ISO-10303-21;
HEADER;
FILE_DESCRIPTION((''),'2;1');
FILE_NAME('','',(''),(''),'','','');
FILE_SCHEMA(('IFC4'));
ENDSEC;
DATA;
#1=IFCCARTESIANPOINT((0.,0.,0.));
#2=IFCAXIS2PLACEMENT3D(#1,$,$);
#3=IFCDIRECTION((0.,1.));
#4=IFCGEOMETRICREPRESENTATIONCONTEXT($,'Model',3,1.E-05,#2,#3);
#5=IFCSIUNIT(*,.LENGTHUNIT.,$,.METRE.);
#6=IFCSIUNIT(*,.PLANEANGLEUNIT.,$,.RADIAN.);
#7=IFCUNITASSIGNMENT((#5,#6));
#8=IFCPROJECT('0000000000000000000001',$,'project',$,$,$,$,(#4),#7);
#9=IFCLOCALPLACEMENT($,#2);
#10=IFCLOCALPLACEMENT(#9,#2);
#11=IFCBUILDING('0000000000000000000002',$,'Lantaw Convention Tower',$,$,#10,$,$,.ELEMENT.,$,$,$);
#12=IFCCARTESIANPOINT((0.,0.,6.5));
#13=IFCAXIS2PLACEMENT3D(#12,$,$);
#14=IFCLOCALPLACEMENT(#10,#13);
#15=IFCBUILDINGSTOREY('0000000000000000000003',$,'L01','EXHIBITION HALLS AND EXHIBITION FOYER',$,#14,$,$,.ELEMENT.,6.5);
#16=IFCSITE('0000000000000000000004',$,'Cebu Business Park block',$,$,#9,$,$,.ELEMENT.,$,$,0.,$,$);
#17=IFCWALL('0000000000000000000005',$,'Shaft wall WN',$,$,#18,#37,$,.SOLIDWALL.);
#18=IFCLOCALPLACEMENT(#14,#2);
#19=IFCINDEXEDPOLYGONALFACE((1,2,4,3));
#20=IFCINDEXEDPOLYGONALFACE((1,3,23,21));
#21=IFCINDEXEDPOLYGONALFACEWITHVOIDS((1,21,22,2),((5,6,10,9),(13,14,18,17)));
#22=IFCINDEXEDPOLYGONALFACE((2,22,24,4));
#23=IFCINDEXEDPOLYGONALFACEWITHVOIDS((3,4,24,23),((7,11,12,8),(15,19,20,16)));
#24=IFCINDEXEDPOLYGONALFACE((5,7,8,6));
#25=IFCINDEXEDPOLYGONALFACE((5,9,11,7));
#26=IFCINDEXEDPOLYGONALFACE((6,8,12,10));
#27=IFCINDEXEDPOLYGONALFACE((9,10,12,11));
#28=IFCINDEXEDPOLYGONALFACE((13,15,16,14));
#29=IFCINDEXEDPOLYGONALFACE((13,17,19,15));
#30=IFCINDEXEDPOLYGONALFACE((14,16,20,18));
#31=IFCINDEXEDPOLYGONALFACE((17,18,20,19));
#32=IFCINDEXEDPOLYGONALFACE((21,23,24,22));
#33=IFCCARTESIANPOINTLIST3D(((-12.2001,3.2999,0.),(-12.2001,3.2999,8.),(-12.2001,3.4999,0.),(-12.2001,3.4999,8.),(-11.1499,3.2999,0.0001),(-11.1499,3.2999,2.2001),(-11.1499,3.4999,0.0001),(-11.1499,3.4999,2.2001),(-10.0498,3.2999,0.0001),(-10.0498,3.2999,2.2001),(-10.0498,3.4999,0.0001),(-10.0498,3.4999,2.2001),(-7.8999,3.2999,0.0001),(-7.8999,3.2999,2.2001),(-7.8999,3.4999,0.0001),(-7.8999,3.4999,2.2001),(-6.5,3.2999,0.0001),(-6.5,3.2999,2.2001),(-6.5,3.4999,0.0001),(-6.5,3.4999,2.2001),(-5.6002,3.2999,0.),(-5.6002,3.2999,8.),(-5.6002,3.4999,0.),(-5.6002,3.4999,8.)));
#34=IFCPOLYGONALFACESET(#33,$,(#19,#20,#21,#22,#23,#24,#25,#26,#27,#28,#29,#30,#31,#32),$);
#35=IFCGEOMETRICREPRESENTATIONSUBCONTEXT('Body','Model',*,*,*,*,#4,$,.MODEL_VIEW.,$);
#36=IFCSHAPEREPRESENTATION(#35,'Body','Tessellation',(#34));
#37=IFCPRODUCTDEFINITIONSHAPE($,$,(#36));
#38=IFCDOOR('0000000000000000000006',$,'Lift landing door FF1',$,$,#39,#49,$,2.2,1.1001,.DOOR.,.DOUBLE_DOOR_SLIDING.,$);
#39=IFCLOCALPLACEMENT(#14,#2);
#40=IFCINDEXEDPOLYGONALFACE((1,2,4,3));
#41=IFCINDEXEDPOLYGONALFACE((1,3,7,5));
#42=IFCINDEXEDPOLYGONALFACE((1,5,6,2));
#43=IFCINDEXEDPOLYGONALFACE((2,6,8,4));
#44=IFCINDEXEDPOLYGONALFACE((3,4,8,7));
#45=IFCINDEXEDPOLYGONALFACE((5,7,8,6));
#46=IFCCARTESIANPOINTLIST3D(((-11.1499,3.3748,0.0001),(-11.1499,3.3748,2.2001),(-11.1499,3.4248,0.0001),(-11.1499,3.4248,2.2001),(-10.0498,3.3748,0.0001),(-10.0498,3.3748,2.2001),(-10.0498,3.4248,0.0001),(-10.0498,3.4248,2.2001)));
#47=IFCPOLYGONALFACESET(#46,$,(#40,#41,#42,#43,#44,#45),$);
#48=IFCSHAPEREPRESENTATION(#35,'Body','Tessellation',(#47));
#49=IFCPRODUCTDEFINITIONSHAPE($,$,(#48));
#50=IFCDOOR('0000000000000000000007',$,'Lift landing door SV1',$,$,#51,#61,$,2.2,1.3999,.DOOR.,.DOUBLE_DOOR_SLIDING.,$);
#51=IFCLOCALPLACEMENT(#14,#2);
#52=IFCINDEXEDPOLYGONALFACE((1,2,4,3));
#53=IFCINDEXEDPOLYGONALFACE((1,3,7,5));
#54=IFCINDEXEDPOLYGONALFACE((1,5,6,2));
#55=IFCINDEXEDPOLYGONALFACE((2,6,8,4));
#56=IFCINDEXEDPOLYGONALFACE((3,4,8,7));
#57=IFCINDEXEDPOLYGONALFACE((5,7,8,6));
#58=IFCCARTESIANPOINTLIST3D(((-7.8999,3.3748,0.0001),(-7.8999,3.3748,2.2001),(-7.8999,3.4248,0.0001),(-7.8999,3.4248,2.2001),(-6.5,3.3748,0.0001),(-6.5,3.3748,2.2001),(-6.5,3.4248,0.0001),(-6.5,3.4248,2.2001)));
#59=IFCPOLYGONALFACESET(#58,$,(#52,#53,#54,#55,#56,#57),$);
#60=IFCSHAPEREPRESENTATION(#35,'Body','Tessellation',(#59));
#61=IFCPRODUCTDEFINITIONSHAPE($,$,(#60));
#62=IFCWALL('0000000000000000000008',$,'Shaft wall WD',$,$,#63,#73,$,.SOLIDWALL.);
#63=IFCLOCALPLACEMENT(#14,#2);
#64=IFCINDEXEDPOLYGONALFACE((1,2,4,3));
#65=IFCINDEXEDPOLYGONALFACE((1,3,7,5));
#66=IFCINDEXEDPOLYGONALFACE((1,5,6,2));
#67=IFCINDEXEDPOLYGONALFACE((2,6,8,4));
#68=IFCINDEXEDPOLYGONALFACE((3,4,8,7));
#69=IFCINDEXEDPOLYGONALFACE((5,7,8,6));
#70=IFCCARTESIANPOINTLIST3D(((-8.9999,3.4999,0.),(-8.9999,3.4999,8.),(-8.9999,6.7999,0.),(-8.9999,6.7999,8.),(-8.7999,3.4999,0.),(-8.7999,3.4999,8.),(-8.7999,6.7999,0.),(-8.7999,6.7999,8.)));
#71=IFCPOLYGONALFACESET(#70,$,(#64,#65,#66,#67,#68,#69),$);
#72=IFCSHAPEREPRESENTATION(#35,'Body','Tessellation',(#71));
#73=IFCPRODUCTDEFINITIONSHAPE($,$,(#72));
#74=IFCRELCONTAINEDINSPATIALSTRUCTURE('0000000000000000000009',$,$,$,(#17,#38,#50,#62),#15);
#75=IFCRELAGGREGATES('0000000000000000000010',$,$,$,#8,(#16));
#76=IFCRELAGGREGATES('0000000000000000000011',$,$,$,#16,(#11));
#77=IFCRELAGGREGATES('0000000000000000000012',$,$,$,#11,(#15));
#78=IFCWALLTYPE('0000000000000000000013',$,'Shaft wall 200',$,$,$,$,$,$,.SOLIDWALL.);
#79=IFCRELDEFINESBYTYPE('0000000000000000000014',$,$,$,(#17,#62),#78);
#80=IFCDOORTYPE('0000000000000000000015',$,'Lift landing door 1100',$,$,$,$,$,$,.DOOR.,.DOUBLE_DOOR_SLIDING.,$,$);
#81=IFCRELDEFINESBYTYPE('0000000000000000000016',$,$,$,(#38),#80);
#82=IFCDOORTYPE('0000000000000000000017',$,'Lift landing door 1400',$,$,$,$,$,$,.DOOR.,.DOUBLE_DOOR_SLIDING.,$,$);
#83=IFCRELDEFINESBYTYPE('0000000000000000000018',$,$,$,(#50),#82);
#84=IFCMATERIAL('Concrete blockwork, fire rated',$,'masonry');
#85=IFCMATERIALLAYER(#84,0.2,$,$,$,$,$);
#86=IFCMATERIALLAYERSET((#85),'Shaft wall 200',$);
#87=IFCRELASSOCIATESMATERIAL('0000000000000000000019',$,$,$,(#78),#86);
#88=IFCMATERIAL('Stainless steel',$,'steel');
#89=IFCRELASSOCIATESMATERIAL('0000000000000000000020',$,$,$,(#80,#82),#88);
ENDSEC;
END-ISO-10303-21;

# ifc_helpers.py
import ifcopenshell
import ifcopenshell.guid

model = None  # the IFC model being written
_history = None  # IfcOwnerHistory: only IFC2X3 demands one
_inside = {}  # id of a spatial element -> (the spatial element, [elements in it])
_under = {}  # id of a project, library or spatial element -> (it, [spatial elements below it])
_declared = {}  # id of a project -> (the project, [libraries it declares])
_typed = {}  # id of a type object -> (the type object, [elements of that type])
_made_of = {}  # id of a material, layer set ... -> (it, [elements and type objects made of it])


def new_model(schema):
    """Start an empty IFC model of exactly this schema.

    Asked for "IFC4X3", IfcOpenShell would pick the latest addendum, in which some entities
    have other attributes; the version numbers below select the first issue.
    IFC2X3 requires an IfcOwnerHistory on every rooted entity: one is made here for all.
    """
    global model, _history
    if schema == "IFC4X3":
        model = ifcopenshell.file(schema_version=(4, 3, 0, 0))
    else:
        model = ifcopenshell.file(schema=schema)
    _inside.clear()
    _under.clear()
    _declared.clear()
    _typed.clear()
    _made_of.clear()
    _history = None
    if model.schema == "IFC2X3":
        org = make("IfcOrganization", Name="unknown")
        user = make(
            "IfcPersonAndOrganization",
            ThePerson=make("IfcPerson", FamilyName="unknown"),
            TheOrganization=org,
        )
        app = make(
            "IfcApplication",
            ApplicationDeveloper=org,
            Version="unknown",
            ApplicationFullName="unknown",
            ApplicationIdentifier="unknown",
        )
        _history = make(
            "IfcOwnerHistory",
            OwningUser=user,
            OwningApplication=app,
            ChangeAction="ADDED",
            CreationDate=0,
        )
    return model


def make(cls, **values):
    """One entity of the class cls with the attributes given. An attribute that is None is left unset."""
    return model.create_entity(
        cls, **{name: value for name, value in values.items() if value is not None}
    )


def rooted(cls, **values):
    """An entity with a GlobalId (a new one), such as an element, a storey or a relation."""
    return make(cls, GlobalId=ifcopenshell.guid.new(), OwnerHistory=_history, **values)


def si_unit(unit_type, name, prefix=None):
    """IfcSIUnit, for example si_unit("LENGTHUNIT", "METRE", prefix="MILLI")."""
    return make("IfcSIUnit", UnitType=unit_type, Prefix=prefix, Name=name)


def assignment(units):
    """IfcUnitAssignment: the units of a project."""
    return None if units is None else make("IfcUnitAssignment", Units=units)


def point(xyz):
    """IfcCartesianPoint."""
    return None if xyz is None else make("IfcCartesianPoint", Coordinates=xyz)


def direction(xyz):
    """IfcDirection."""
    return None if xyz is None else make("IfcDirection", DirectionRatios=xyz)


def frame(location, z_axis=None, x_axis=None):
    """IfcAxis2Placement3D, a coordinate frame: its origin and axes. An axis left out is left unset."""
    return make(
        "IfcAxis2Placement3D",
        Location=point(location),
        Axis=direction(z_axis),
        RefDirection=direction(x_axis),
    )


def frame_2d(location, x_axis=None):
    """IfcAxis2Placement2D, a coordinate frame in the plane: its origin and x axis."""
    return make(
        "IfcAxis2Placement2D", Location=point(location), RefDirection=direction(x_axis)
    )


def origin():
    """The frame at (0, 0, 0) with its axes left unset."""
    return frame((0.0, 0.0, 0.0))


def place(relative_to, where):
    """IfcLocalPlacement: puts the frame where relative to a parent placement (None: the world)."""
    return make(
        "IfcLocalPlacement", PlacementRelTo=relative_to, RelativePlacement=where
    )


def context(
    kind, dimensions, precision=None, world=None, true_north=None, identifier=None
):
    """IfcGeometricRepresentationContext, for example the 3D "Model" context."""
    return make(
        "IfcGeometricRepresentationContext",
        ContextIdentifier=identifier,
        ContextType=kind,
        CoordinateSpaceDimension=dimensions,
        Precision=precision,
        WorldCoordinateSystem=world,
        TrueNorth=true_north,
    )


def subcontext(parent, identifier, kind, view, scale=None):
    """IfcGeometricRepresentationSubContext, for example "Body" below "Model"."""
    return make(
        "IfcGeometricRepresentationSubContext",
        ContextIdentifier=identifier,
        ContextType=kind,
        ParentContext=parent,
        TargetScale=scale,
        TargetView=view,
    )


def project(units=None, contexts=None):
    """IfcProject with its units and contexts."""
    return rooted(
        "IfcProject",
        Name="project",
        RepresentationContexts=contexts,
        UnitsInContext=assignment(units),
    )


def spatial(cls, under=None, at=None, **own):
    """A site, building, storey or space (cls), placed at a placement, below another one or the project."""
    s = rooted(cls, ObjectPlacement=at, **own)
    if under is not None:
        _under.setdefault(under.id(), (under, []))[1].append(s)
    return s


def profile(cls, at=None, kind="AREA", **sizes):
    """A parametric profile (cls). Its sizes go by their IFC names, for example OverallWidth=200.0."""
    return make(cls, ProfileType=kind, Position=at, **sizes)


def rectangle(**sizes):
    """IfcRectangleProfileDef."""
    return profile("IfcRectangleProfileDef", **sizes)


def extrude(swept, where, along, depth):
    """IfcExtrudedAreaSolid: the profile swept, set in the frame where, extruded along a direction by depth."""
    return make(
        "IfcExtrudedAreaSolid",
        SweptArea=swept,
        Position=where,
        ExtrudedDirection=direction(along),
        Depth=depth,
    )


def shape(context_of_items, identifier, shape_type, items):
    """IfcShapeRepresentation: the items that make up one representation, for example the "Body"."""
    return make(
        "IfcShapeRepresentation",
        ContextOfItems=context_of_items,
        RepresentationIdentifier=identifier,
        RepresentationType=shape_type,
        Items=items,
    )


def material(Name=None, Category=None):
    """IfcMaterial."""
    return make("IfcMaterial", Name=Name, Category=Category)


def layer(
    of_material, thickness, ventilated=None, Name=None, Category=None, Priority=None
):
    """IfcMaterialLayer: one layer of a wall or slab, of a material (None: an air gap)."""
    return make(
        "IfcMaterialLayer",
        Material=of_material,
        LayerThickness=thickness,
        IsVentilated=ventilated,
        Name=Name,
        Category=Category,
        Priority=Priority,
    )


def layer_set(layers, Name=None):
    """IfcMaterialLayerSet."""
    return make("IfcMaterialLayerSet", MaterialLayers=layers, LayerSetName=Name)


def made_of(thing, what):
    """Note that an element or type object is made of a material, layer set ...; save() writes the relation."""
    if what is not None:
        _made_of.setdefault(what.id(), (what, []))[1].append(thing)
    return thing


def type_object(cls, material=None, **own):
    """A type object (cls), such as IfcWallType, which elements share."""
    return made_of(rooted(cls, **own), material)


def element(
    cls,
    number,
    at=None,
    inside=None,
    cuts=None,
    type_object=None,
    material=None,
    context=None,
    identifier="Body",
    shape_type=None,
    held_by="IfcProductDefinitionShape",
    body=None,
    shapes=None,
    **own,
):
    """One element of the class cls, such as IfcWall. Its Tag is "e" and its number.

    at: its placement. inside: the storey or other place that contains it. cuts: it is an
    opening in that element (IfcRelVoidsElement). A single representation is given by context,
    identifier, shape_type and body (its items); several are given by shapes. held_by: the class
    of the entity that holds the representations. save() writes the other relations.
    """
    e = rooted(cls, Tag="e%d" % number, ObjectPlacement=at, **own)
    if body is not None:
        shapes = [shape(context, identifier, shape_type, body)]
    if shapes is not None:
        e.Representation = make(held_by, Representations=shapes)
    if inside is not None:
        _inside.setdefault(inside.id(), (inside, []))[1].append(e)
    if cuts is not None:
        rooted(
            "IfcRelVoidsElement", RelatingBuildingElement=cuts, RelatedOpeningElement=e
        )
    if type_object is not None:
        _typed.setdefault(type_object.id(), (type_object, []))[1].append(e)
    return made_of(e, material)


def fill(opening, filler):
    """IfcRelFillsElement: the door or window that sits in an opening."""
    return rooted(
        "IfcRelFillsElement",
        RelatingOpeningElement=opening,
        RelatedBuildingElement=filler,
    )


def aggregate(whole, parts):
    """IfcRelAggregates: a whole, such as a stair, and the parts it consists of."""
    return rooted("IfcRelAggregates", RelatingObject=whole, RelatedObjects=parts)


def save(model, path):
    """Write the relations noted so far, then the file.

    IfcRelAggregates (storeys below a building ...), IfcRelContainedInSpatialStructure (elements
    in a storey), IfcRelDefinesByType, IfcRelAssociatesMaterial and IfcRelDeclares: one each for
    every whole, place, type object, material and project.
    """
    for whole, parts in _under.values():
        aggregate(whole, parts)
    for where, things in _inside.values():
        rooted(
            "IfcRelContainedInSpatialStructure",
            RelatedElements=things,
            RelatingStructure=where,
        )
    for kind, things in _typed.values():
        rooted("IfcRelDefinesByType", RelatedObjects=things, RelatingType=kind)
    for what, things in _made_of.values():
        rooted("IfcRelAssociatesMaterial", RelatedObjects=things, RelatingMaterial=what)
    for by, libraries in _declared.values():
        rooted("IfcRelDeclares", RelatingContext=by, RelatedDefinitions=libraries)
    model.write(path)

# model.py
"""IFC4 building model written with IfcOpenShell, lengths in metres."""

from ifc_helpers import new_model, si_unit, direction, frame, frame_2d, origin, place, context, subcontext, project, spatial, rectangle, extrude, material, layer, layer_set, type_object, element, fill, save


model = new_model("IFC4")

# Units and contexts
model_context = context("Model", 3, precision=1e-05, world=origin(), true_north=direction((0.0, 1.0)))
body_context = subcontext(model_context, "Body", "Model", "MODEL_VIEW")
ifc_project = project(units=[si_unit("LENGTHUNIT", "METRE"), si_unit("PLANEANGLEUNIT", "RADIAN")], contexts=[model_context])

# Site, building, storey
site_placement = place(None, origin())
site = spatial("IfcSite", under=ifc_project, at=site_placement, Name="Cebu Business Park block", CompositionType="ELEMENT", RefElevation=0.0)
building_placement = place(site_placement, origin())
building = spatial("IfcBuilding", under=site, at=building_placement, Name="Lantaw Convention Tower", CompositionType="ELEMENT")
storey_placement = place(building_placement, frame((0.0, 0.0, 6.5)))
storey = spatial("IfcBuildingStorey", under=building, at=storey_placement, Name="L01", Description="EXHIBITION HALLS AND EXHIBITION FOYER", CompositionType="ELEMENT", Elevation=6.5)

# Shared definitions
ifc_material_1 = material(Name="Concrete blockwork, fire rated", Category="masonry")
ifc_layer_1 = layer(ifc_material_1, 0.2)
ifc_layer_set_1 = layer_set([ifc_layer_1], Name="Shaft wall 200")
wall_type_1 = type_object("IfcWallType", Name="Shaft wall 200", PredefinedType="SOLIDWALL", material=ifc_layer_set_1)

# Wall, openings, doors
wall_1_placement = place(storey_placement, frame((-12.2, 3.3999, 0.0), z_axis=(0.0, 0.0, 1.0), x_axis=(1.0, 0.0, 0.0)))
wall_1 = element("IfcWall", 1, at=wall_1_placement, inside=storey, type_object=wall_type_1, Name="Shaft wall WN", PredefinedType="SOLIDWALL", context=body_context, shape_type="SweptSolid", body=[
    extrude(rectangle(XDim=6.5999, YDim=0.2, at=frame_2d((3.2998, 0.0))), origin(), (0.0, 0.0, 1.0), 8.0),
])
opening_1_placement = place(wall_1_placement, frame((1.05, 0.0, 0.0)))
opening_1 = element("IfcOpeningElement", 2, at=opening_1_placement, cuts=wall_1, PredefinedType="OPENING", context=body_context, shape_type="SweptSolid", body=[
    extrude(rectangle(XDim=1.1001, YDim=2.2, at=frame_2d((0.55, 1.1001))), frame((0.0, 0.1099, 0.0), z_axis=(0.0, -1.0, 0.0), x_axis=(1.0, 0.0, 0.0)), (0.0, 0.0, 1.0), 0.22),
])
opening_2_placement = place(wall_1_placement, frame((4.3, 0.0, 0.0)))
opening_2 = element("IfcOpeningElement", 3, at=opening_2_placement, cuts=wall_1, PredefinedType="OPENING", context=body_context, shape_type="SweptSolid", body=[
    extrude(rectangle(XDim=1.3999, YDim=2.2, at=frame_2d((0.7, 1.1001))), frame((0.0, 0.1099, 0.0), z_axis=(0.0, -1.0, 0.0), x_axis=(1.0, 0.0, 0.0)), (0.0, 0.0, 1.0), 0.22),
])
ifc_material_2 = material(Name="Stainless steel", Category="steel")
door_type_1 = type_object("IfcDoorType", Name="Lift landing door 1100", OperationType="DOUBLE_DOOR_SLIDING", PredefinedType="DOOR", material=ifc_material_2)
door_1_placement = place(opening_1_placement, origin())
door_1 = element("IfcDoor", 4, at=door_1_placement, inside=storey, type_object=door_type_1, Name="Lift landing door FF1", OperationType="DOUBLE_DOOR_SLIDING", OverallHeight=2.2, OverallWidth=1.1001, PredefinedType="DOOR", context=body_context, shape_type="SweptSolid", body=[
    extrude(rectangle(XDim=1.1001, YDim=2.2, at=frame_2d((0.55, 1.1001))), frame((0.0, 0.0249, 0.0), z_axis=(0.0, -1.0, 0.0), x_axis=(1.0, 0.0, 0.0)), (0.0, 0.0, 1.0), 0.05),
])
fill(opening_1, door_1)
door_type_2 = type_object("IfcDoorType", Name="Lift landing door 1400", OperationType="DOUBLE_DOOR_SLIDING", PredefinedType="DOOR", material=ifc_material_2)
door_2_placement = place(opening_2_placement, origin())
door_2 = element("IfcDoor", 5, at=door_2_placement, inside=storey, type_object=door_type_2, Name="Lift landing door SV1", OperationType="DOUBLE_DOOR_SLIDING", OverallHeight=2.2, OverallWidth=1.3999, PredefinedType="DOOR", context=body_context, shape_type="SweptSolid", body=[
    extrude(rectangle(XDim=1.3999, YDim=2.2, at=frame_2d((0.7, 1.1001))), frame((0.0, 0.0249, 0.0), z_axis=(0.0, -1.0, 0.0), x_axis=(1.0, 0.0, 0.0)), (0.0, 0.0, 1.0), 0.05),
])
fill(opening_2, door_2)

# Wall
wall_2_placement = place(storey_placement, frame((-8.8999, 3.5, 0.0), z_axis=(0.0, 0.0, 1.0), x_axis=(0.0, 1.0, 0.0)))
element("IfcWall", 6, at=wall_2_placement, inside=storey, type_object=wall_type_1, Name="Shaft wall WD", PredefinedType="SOLIDWALL", context=body_context, shape_type="SweptSolid", body=[
    extrude(rectangle(XDim=3.3, YDim=0.2, at=frame_2d((1.6499, 0.0))), origin(), (0.0, 0.0, 1.0), 8.0),
])

save(model, "model.ifc")
